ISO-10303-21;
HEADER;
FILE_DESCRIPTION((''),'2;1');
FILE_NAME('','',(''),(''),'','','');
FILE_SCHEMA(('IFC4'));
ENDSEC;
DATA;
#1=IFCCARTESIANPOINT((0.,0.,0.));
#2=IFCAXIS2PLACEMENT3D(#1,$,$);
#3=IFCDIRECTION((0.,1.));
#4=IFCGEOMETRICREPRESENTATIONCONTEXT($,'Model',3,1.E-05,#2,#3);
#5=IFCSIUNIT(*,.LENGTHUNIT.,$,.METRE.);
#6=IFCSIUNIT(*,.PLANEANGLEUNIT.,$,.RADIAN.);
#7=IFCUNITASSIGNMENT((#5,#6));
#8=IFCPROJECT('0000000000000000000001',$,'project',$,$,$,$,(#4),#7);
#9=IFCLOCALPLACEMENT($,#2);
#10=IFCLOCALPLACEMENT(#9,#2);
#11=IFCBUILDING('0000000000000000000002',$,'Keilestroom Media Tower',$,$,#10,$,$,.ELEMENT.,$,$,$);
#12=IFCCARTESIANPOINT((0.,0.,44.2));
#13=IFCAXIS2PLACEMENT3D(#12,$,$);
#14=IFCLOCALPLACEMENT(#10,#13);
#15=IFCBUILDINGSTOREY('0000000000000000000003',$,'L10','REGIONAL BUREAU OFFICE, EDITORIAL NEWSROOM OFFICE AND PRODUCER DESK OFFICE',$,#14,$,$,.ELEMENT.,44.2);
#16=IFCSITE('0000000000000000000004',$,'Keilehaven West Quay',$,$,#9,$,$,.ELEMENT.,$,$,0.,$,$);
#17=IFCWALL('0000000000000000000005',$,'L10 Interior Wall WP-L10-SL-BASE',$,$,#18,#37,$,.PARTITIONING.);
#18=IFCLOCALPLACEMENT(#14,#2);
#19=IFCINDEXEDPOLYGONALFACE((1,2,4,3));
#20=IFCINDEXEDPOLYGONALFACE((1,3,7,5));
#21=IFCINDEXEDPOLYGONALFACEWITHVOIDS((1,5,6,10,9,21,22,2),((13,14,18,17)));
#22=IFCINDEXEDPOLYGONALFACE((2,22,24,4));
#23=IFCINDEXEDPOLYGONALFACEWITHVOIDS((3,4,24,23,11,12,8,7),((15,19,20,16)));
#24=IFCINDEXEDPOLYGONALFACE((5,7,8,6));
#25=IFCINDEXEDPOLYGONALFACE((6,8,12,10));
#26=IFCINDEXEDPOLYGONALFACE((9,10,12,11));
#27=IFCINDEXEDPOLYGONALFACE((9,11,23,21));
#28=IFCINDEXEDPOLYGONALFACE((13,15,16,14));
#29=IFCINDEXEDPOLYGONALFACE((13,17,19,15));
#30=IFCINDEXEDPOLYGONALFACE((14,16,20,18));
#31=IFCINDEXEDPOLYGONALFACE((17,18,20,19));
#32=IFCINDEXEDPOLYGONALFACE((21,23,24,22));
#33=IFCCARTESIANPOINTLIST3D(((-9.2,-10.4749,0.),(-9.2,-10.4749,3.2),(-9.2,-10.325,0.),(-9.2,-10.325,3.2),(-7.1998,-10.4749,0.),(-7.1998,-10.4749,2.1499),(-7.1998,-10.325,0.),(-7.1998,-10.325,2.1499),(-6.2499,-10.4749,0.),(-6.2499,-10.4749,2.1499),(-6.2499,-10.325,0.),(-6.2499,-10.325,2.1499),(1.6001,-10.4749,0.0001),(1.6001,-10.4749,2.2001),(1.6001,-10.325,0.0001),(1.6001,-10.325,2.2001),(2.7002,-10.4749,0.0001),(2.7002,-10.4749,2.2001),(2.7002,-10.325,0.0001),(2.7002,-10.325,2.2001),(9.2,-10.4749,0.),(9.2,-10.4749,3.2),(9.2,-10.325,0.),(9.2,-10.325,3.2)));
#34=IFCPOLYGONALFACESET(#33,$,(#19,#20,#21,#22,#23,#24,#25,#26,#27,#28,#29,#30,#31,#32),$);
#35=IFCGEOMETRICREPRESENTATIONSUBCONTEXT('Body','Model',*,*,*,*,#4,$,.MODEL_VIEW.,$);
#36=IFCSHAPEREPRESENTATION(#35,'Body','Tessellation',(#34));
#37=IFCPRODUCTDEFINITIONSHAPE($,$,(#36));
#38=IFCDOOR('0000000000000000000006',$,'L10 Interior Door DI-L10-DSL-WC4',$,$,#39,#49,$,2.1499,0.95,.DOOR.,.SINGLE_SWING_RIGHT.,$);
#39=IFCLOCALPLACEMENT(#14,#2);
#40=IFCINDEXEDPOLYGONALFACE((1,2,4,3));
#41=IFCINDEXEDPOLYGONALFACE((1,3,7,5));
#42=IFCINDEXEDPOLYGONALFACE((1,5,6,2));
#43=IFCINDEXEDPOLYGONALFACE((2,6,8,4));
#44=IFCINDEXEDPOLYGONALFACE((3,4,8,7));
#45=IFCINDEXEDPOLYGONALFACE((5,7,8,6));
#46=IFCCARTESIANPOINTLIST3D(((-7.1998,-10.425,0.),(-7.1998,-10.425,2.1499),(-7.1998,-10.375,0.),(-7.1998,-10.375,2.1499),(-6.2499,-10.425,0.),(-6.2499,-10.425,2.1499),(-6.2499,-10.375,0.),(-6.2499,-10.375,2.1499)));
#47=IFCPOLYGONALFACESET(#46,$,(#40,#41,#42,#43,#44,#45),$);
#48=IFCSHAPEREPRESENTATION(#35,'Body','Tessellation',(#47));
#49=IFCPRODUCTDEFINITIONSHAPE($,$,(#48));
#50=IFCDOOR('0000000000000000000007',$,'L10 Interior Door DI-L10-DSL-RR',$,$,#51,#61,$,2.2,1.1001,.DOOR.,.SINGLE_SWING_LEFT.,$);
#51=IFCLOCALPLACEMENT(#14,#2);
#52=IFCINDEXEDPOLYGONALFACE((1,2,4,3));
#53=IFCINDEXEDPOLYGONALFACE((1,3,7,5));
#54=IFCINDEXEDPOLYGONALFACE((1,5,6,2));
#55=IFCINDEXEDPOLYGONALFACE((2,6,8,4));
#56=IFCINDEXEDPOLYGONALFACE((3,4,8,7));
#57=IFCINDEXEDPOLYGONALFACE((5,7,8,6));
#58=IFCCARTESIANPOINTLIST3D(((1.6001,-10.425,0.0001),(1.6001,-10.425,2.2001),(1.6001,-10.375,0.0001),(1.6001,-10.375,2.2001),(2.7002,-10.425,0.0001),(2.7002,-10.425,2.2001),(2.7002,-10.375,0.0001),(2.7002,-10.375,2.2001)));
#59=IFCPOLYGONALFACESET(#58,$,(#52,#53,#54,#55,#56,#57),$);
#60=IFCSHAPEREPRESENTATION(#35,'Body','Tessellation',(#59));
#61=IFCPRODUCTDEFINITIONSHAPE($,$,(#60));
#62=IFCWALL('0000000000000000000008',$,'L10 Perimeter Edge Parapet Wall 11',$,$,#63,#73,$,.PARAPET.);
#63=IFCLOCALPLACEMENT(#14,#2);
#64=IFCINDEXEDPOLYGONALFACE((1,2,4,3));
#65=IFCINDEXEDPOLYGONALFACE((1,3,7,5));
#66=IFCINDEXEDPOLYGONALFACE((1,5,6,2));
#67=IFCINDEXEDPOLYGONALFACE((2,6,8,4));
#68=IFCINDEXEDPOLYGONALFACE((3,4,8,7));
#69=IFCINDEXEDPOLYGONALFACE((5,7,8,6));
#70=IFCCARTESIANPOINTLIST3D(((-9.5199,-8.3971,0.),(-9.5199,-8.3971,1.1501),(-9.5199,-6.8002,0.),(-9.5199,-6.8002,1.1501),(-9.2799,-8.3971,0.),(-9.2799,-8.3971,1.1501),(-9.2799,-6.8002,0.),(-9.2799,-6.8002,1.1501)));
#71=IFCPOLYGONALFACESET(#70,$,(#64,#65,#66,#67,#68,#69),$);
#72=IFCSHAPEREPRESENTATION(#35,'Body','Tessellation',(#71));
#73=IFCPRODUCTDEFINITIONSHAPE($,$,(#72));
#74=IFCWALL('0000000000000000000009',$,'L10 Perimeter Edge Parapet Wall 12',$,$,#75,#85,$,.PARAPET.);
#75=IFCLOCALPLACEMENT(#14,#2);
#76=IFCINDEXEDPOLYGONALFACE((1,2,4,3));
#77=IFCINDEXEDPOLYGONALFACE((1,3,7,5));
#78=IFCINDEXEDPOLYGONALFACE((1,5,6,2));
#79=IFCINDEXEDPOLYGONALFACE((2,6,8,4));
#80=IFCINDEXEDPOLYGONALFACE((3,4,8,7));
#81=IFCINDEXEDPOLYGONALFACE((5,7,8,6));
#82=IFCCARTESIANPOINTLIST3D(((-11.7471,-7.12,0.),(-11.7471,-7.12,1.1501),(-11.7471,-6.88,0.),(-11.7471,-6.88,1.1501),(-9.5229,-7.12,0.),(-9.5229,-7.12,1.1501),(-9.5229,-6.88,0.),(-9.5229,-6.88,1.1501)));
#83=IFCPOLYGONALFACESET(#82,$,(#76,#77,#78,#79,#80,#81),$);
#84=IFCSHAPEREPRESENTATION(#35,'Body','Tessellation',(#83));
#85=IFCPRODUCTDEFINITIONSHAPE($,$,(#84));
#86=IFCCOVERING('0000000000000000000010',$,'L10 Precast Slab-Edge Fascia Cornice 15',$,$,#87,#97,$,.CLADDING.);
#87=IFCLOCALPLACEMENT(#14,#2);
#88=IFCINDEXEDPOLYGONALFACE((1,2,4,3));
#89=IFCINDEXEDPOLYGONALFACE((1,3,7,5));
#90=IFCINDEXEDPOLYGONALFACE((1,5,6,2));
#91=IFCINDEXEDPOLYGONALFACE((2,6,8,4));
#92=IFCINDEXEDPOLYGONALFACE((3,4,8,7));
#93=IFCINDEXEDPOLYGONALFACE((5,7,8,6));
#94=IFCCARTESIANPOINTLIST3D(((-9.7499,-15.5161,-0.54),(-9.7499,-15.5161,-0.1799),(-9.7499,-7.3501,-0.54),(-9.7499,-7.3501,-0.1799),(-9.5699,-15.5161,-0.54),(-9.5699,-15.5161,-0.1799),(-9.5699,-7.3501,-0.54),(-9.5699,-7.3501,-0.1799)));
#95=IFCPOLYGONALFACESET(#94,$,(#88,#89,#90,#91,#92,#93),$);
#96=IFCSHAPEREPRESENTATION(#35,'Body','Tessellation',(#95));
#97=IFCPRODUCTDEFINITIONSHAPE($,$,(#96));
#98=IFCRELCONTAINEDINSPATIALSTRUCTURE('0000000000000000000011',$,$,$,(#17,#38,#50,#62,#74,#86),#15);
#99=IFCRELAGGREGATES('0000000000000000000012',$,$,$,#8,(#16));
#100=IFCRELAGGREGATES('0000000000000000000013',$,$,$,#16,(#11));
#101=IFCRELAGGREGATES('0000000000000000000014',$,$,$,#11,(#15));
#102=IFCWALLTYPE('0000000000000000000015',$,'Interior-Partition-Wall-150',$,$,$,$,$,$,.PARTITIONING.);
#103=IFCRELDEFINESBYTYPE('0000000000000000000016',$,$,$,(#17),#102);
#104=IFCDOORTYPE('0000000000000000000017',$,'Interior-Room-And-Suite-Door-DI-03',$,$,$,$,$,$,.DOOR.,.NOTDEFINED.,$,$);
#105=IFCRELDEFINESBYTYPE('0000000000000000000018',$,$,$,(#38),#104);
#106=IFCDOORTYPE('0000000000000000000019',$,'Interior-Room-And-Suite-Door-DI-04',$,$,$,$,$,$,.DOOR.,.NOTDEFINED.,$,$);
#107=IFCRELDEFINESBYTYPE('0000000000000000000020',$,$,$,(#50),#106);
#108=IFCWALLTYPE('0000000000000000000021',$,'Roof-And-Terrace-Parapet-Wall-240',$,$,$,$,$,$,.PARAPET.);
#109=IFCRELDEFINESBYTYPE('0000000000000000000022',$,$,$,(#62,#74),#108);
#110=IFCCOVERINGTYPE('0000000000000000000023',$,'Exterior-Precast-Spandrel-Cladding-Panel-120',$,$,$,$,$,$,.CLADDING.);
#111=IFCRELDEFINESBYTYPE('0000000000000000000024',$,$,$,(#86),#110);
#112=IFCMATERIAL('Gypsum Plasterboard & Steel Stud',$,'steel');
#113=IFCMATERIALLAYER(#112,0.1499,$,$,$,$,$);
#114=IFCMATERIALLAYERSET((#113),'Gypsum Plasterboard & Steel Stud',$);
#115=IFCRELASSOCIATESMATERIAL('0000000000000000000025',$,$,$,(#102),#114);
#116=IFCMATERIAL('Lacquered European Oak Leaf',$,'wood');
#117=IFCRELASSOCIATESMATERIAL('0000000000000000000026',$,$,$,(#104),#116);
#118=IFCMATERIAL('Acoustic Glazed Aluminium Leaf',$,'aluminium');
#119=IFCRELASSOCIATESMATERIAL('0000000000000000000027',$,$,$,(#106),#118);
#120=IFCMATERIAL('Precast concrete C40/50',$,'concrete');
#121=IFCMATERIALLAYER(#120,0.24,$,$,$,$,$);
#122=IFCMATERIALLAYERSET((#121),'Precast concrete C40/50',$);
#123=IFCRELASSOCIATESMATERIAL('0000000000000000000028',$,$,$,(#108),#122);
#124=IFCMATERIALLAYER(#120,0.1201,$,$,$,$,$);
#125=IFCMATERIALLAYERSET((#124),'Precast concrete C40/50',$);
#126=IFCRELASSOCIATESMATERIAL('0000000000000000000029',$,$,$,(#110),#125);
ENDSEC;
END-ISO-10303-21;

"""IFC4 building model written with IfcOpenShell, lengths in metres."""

from ifc_helpers import new_model, si_unit, direction, frame, frame_2d, origin, origin_2d, place, context, subcontext, project, spatial, rectangle, extrude, source, transform, mapped, material, layer, layer_set, type_object, element, fill, save


model = new_model("IFC4")

# Units and contexts
model_context = context("Model", 3, precision=1e-05, world=origin(), true_north=direction((0.0, 1.0)))
body_context = subcontext(model_context, "Body", "Model", "MODEL_VIEW")
ifc_project = project(units=[si_unit("LENGTHUNIT", "METRE"), si_unit("PLANEANGLEUNIT", "RADIAN")], contexts=[model_context])

# Site, building, storey
site_placement = place(None, origin())
site = spatial("IfcSite", under=ifc_project, at=site_placement, Name="Keilehaven West Quay", CompositionType="ELEMENT", RefElevation=0.0)
building_placement = place(site_placement, origin())
building = spatial("IfcBuilding", under=site, at=building_placement, Name="Keilestroom Media Tower", CompositionType="ELEMENT")
storey_placement = place(building_placement, frame((0.0, 0.0, 44.2)))
storey = spatial("IfcBuildingStorey", under=building, at=storey_placement, Name="L10", Description="REGIONAL BUREAU OFFICE, EDITORIAL NEWSROOM OFFICE AND PRODUCER DESK OFFICE", CompositionType="ELEMENT", Elevation=44.2)

# Shared definitions
ifc_material_1 = material(Name="Gypsum Plasterboard & Steel Stud", Category="steel")

# Wall, openings, doors
ifc_layer_1 = layer(ifc_material_1, 0.1499)
ifc_layer_set_1 = layer_set([ifc_layer_1], Name="Gypsum Plasterboard & Steel Stud")
wall_type_1 = type_object("IfcWallType", Name="Interior-Partition-Wall-150", PredefinedType="PARTITIONING", material=ifc_layer_set_1)
wall_1_placement = place(storey_placement, frame((-9.2, -10.3999, 0.0), z_axis=(0.0, 0.0, 1.0), x_axis=(1.0, 0.0, 0.0)))
wall_1 = element("IfcWall", 1, at=wall_1_placement, inside=storey, type_object=wall_type_1, Name="L10 Interior Wall WP-L10-SL-BASE", PredefinedType="PARTITIONING", context=body_context, shape_type="SweptSolid", body=[
    extrude(rectangle(XDim=18.3999, YDim=0.1499, at=frame_2d((9.2, 0.0))), origin(), (0.0, 0.0, 1.0), 3.2),
])
opening_1_placement = place(wall_1_placement, frame((2.0, 0.0, 0.0)))
opening_1 = element("IfcOpeningElement", 2, at=opening_1_placement, cuts=wall_1, PredefinedType="OPENING", context=body_context, shape_type="SweptSolid", body=[
    extrude(rectangle(XDim=0.95, YDim=2.1499, at=frame_2d((0.4751, 1.075))), frame((0.0, 0.085, 0.0), z_axis=(0.0, -1.0, 0.0), x_axis=(1.0, 0.0, 0.0)), (0.0, 0.0, 1.0), 0.1699),
])
opening_2_placement = place(wall_1_placement, frame((10.8, 0.0, 0.0)))
opening_2 = element("IfcOpeningElement", 3, at=opening_2_placement, cuts=wall_1, PredefinedType="OPENING", context=body_context, shape_type="SweptSolid", body=[
    extrude(rectangle(XDim=1.1001, YDim=2.2, at=frame_2d((0.55, 1.1001))), frame((0.0, 0.085, 0.0), z_axis=(0.0, -1.0, 0.0), x_axis=(1.0, 0.0, 0.0)), (0.0, 0.0, 1.0), 0.1699),
])
ifc_material_2 = material(Name="Lacquered European Oak Leaf", Category="wood")
door_type_1 = type_object("IfcDoorType", Name="Interior-Room-And-Suite-Door-DI-03", OperationType="NOTDEFINED", PredefinedType="DOOR", material=ifc_material_2)
shared_shape_1 = source(origin(), body_context, "Body", "SweptSolid", [
    extrude(rectangle(XDim=0.95, YDim=2.1499, at=frame_2d((0.4751, 1.075))), frame((0.0, 0.0249, 0.0), z_axis=(0.0, -1.0, 0.0), x_axis=(1.0, 0.0, 0.0)), (0.0, 0.0, 1.0), 0.05),
])
door_1_placement = place(opening_1_placement, origin())
door_1 = element("IfcDoor", 4, at=door_1_placement, inside=storey, type_object=door_type_1, Name="L10 Interior Door DI-L10-DSL-WC4", OperationType="SINGLE_SWING_RIGHT", OverallHeight=2.1499, OverallWidth=0.95, PredefinedType="DOOR", context=body_context, shape_type="MappedRepresentation", body=[
    mapped(shared_shape_1, transform((0.0, 0.0, 0.0), x_axis=(1.0, 0.0, 0.0), y_axis=(0.0, 1.0, 0.0), z_axis=(0.0, 0.0, 1.0), scale=1.0)),
])
fill(opening_1, door_1)
ifc_material_3 = material(Name="Acoustic Glazed Aluminium Leaf", Category="aluminium")
door_type_2 = type_object("IfcDoorType", Name="Interior-Room-And-Suite-Door-DI-04", OperationType="NOTDEFINED", PredefinedType="DOOR", material=ifc_material_3)
shared_shape_2 = source(origin(), body_context, "Body", "SweptSolid", [
    extrude(rectangle(XDim=1.1001, YDim=2.2, at=frame_2d((0.55, 1.1001))), frame((0.0, 0.0249, 0.0), z_axis=(0.0, -1.0, 0.0), x_axis=(1.0, 0.0, 0.0)), (0.0, 0.0, 1.0), 0.05),
])
door_2_placement = place(opening_2_placement, origin())
door_2 = element("IfcDoor", 5, at=door_2_placement, inside=storey, type_object=door_type_2, Name="L10 Interior Door DI-L10-DSL-RR", OperationType="SINGLE_SWING_LEFT", OverallHeight=2.2, OverallWidth=1.1001, PredefinedType="DOOR", context=body_context, shape_type="MappedRepresentation", body=[
    mapped(shared_shape_2, transform((0.0, 0.0, 0.0), x_axis=(1.0, 0.0, 0.0), y_axis=(0.0, 1.0, 0.0), z_axis=(0.0, 0.0, 1.0), scale=1.0)),
])
fill(opening_2, door_2)

# Walls
ifc_material_4 = material(Name="Precast concrete C40/50", Category="concrete")
ifc_layer_2 = layer(ifc_material_4, 0.24)
ifc_layer_set_2 = layer_set([ifc_layer_2], Name="Precast concrete C40/50")
wall_type_2 = type_object("IfcWallType", Name="Roof-And-Terrace-Parapet-Wall-240", PredefinedType="PARAPET", material=ifc_layer_set_2)
wall_2_placement = place(storey_placement, frame((-9.3999, -8.397, 0.0), z_axis=(0.0, 0.0, 1.0), x_axis=(0.0, 1.0, 0.0)))
element("IfcWall", 6, at=wall_2_placement, inside=storey, type_object=wall_type_2, Name="L10 Perimeter Edge Parapet Wall 11", PredefinedType="PARAPET", context=body_context, shape_type="SweptSolid", body=[
    extrude(rectangle(XDim=1.5969, YDim=0.24, at=frame_2d((0.7983, 0.0))), origin(), (0.0, 0.0, 1.0), 1.1501),
])
wall_3_placement = place(storey_placement, frame((-9.5229, -7.0, 0.0), z_axis=(0.0, 0.0, 1.0), x_axis=(-1.0, 0.0, 0.0)))
element("IfcWall", 7, at=wall_3_placement, inside=storey, type_object=wall_type_2, Name="L10 Perimeter Edge Parapet Wall 12", PredefinedType="PARAPET", context=body_context, shape_type="SweptSolid", body=[
    extrude(rectangle(XDim=2.2241, YDim=0.24, at=frame_2d((1.1121, 0.0))), origin(), (0.0, 0.0, 1.0), 1.1501),
])

# Covering
ifc_layer_3 = layer(ifc_material_4, 0.1201)
ifc_layer_set_3 = layer_set([ifc_layer_3], Name="Precast concrete C40/50")
covering_type = type_object("IfcCoveringType", Name="Exterior-Precast-Spandrel-Cladding-Panel-120", PredefinedType="CLADDING", material=ifc_layer_set_3)
shared_shape_3 = source(origin(), body_context, "Body", "SweptSolid", [
    extrude(rectangle(XDim=8.166, YDim=0.1799, at=origin_2d()), origin(), (0.0, 0.0, 1.0), 0.3601),
])
covering_placement = place(storey_placement, frame((-9.6599, -11.4331, -0.54), z_axis=(0.0, 0.0, 1.0), x_axis=(0.0, 1.0, 0.0)))
element("IfcCovering", 8, at=covering_placement, inside=storey, type_object=covering_type, Name="L10 Precast Slab-Edge Fascia Cornice 15", PredefinedType="CLADDING", context=body_context, shape_type="MappedRepresentation", body=[
    mapped(shared_shape_3, transform((0.0, 0.0, 0.0), x_axis=(1.0, 0.0, 0.0), y_axis=(0.0, 1.0, 0.0), z_axis=(0.0, 0.0, 1.0), scale=1.0)),
])

save(model, "model.ifc")
